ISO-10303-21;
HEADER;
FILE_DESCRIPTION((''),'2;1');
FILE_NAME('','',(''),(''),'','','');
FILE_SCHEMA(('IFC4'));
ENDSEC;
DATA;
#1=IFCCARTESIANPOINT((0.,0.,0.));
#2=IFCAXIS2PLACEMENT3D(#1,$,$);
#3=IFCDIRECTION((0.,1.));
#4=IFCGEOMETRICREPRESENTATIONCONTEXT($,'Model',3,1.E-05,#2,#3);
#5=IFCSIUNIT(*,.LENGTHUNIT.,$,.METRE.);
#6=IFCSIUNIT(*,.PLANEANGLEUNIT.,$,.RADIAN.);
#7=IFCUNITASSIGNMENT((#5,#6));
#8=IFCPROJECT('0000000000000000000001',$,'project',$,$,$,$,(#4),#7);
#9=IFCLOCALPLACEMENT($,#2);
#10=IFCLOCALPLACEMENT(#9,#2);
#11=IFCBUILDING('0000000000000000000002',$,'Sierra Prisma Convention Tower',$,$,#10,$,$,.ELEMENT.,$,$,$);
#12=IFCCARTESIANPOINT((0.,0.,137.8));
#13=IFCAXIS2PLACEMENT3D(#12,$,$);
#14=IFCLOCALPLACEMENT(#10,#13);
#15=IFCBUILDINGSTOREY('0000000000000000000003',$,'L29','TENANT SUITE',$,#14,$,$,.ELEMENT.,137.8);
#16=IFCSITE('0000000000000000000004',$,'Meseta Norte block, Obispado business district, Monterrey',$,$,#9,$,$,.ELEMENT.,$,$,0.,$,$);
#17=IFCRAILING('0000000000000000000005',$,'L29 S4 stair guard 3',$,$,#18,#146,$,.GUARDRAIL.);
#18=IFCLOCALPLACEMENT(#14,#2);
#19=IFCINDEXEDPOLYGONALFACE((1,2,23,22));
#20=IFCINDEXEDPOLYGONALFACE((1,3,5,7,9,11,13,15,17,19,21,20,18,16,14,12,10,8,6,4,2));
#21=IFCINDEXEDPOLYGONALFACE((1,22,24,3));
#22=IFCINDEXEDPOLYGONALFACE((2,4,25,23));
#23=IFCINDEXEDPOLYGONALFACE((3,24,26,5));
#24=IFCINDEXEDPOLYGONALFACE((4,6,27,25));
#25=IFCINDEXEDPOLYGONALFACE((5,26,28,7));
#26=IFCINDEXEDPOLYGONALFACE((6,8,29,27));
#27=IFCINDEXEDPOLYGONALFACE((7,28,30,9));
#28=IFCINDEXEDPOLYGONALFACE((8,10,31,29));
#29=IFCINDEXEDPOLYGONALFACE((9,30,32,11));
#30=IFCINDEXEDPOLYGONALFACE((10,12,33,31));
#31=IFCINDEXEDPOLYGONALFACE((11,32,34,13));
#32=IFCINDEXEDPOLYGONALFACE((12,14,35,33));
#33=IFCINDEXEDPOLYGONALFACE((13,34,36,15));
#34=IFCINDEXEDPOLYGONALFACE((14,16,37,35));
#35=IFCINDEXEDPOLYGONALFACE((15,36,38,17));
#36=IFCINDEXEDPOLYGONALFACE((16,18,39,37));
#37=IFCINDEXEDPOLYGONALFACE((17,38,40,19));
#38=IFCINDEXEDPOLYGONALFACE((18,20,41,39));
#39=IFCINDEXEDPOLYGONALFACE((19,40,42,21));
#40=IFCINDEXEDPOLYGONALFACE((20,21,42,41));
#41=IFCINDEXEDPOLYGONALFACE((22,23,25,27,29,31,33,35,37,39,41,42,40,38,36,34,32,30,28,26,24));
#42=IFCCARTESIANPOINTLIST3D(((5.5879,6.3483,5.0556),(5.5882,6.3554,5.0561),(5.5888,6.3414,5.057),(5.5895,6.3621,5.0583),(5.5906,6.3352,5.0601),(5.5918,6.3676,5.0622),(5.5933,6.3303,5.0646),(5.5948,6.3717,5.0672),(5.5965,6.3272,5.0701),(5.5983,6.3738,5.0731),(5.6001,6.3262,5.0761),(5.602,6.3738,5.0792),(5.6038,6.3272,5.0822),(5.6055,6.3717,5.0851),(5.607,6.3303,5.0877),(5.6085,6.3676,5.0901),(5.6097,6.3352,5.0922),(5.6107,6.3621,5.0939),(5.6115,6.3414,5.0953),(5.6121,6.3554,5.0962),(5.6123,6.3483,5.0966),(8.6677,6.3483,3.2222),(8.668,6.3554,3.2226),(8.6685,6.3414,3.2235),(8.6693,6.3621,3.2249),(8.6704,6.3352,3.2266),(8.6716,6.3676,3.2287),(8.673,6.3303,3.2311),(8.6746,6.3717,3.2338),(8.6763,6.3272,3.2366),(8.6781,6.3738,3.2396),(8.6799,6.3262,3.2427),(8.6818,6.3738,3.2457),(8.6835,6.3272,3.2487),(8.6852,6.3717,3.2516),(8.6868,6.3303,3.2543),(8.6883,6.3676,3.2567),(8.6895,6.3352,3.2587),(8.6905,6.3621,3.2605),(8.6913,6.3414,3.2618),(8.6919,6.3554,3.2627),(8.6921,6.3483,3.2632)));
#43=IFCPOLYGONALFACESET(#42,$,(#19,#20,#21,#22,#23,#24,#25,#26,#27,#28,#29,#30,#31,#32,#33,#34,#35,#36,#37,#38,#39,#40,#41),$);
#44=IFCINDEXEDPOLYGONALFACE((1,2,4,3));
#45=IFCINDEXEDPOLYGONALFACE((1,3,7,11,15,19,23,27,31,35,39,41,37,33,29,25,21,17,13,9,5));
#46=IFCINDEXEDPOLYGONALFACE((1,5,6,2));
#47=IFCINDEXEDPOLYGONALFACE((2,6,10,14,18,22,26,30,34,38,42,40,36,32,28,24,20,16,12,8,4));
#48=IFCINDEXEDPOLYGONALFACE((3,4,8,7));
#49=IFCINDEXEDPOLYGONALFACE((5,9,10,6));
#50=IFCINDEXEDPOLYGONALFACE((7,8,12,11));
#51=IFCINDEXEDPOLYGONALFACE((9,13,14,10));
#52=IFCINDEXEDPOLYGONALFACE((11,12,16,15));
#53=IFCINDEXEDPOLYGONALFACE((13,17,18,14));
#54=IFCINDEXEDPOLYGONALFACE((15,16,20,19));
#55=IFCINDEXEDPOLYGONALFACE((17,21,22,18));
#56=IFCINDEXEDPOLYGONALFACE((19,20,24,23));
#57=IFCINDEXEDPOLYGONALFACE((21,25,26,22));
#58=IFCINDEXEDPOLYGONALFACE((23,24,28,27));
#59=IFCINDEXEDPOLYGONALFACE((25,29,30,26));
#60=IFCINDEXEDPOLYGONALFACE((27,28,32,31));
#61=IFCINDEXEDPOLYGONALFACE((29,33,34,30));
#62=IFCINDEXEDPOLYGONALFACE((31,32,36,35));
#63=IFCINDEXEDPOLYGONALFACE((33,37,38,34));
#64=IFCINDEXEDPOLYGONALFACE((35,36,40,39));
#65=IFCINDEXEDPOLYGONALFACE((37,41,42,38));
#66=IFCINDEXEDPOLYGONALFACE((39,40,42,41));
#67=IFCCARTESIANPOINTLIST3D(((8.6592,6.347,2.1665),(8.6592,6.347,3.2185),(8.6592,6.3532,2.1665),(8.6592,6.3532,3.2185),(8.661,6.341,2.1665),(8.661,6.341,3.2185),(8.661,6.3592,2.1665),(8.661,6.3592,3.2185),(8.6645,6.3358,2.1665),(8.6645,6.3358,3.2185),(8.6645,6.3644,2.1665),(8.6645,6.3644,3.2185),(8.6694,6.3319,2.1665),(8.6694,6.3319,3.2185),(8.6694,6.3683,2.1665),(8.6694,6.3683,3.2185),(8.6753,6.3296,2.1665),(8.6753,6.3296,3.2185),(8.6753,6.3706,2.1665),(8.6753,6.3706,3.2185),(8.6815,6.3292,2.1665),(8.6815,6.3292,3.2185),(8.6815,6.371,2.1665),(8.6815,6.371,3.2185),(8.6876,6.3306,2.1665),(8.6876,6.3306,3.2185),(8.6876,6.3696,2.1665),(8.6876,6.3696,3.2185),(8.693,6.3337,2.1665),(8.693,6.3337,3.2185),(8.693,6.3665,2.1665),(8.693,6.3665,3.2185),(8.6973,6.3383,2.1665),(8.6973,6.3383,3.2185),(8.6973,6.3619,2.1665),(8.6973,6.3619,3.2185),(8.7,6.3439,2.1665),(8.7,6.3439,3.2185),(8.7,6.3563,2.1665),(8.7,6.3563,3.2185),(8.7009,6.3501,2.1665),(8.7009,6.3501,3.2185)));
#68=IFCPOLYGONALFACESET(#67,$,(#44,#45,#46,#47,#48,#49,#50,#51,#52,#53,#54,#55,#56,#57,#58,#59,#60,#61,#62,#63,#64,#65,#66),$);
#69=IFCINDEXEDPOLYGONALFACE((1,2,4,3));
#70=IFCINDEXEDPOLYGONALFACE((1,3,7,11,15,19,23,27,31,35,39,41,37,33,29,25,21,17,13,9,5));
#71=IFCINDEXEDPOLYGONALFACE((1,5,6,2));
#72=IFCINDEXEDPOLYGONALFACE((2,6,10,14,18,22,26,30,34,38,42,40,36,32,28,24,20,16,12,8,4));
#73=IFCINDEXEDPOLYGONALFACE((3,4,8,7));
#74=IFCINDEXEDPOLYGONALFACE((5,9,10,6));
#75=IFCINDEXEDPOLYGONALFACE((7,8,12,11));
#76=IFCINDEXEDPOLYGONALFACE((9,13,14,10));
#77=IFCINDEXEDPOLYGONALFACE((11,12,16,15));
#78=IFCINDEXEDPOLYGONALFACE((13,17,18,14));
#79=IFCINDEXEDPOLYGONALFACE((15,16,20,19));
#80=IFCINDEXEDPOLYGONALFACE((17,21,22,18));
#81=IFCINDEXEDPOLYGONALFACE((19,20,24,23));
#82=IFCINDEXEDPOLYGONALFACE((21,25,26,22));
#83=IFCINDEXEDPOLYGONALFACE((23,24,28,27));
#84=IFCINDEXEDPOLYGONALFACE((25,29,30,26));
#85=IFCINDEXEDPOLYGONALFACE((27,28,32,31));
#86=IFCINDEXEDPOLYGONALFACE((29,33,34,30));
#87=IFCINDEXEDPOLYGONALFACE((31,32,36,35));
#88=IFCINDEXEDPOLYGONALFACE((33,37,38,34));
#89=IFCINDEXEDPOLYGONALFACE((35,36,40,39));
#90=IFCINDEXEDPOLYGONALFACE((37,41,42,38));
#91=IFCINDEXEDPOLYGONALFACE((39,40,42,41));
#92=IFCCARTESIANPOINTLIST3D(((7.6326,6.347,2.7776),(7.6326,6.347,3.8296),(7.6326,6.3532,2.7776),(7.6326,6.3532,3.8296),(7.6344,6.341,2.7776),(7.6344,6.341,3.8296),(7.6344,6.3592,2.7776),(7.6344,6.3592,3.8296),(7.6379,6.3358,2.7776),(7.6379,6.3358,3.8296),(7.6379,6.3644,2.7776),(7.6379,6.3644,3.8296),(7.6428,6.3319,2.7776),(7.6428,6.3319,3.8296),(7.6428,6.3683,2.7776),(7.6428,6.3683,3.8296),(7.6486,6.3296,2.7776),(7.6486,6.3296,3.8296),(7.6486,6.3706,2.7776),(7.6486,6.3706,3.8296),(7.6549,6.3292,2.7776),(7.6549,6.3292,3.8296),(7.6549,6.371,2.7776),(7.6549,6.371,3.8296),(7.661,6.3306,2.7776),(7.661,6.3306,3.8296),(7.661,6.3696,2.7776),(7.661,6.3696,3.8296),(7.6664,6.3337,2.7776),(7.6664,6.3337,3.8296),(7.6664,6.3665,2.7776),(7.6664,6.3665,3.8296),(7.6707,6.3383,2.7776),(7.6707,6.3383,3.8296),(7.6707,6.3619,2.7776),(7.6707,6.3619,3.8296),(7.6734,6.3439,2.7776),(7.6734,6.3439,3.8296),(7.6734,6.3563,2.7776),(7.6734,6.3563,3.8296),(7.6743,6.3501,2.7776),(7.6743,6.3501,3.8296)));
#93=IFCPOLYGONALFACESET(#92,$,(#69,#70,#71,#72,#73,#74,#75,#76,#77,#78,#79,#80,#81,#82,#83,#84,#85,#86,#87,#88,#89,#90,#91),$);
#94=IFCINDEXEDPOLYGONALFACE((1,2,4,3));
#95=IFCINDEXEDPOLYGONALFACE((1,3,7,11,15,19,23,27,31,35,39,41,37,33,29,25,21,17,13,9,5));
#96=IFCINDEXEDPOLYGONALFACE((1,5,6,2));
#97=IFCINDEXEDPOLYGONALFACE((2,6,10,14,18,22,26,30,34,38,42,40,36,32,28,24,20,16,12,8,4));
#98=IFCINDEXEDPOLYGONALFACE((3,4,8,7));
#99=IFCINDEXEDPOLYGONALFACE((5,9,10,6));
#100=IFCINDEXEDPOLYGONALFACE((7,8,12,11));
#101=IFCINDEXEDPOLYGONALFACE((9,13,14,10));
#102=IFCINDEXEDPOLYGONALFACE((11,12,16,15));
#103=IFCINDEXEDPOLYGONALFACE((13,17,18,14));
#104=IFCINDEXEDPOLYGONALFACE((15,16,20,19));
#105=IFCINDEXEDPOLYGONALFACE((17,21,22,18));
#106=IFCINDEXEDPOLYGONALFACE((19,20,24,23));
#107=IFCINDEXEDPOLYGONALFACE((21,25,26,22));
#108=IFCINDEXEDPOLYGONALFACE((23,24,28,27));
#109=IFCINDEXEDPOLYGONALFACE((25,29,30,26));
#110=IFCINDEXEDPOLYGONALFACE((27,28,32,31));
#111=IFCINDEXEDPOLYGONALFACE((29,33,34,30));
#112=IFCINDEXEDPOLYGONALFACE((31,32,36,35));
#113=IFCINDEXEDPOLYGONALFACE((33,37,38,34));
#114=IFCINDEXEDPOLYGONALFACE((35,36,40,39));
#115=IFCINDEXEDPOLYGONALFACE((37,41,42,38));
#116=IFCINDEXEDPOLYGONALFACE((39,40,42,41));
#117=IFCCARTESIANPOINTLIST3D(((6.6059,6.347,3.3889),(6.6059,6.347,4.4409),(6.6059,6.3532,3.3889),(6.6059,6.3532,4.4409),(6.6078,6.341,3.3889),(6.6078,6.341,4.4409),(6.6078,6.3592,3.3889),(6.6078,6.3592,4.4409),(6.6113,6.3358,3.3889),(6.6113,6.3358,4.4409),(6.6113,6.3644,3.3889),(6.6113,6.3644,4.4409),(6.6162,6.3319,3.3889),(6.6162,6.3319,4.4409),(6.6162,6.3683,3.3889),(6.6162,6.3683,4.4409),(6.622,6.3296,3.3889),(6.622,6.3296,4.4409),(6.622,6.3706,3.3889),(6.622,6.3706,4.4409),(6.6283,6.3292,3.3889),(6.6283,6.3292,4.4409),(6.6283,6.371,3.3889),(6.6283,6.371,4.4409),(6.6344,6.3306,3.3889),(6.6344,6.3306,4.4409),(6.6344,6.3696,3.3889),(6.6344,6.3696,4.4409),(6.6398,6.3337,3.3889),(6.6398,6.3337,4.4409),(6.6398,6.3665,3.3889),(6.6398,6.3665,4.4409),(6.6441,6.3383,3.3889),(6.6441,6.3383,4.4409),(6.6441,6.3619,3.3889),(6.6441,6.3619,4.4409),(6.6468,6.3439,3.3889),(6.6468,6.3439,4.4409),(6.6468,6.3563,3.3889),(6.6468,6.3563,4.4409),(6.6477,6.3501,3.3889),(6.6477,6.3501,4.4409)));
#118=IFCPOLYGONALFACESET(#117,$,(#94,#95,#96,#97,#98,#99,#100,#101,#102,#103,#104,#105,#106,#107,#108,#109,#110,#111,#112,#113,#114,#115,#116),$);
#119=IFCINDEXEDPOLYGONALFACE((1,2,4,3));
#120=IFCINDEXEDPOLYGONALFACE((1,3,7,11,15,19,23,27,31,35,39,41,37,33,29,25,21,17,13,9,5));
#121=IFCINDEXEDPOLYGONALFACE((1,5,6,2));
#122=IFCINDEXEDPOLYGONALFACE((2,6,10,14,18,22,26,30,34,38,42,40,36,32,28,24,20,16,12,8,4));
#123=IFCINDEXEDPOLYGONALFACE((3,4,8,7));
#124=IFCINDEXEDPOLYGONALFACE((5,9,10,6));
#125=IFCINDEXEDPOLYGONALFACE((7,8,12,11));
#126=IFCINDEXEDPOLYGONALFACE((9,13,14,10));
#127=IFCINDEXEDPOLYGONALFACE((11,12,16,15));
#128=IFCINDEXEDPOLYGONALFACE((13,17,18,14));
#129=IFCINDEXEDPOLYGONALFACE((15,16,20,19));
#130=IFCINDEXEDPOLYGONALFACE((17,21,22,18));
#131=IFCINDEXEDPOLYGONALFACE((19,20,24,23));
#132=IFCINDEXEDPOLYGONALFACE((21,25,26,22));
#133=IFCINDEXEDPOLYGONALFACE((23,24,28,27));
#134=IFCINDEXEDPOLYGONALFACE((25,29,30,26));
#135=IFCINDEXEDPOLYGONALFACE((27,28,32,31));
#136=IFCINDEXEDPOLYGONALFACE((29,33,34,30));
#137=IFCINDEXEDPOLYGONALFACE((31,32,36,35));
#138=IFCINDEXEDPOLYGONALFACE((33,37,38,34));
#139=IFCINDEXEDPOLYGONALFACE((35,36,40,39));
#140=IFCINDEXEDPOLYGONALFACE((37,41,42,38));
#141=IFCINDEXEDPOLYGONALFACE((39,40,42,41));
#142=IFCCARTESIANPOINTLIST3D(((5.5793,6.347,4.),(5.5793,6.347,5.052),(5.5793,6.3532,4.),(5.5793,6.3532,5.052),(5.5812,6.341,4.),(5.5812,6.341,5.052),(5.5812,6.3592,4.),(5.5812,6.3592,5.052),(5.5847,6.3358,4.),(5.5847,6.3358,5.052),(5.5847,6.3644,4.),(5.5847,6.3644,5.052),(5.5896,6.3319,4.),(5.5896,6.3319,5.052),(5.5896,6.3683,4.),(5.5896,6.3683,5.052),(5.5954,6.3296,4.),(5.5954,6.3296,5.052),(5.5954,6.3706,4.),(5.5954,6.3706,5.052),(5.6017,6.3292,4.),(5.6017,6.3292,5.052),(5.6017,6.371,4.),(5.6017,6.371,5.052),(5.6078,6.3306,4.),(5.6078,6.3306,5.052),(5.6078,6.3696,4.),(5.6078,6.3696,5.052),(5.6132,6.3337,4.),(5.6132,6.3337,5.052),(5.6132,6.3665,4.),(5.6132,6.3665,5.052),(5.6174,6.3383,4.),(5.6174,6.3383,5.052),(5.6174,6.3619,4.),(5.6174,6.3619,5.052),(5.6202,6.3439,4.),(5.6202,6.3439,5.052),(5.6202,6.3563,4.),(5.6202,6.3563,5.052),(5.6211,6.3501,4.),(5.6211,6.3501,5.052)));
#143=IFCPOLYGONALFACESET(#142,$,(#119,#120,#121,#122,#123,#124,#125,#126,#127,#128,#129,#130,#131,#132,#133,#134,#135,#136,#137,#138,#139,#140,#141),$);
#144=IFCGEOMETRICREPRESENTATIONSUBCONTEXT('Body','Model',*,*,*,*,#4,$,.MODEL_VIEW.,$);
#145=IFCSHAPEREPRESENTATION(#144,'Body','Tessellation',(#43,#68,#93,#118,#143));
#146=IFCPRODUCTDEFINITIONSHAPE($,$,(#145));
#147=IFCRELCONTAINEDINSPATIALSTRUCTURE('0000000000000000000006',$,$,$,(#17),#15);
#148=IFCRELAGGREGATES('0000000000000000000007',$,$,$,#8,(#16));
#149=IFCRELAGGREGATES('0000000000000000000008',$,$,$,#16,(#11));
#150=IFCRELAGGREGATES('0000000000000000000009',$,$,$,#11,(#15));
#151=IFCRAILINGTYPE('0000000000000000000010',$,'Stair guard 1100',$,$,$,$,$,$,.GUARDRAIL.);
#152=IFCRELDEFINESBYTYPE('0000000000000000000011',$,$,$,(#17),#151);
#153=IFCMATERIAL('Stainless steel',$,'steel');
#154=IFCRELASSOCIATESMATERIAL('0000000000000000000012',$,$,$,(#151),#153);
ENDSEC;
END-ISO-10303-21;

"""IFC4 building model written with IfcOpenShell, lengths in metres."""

from ifc_helpers import new_model, si_unit, direction, frame, origin, origin_2d, place, context, subcontext, project, spatial, circle, extrude, material, type_object, element, save


model = new_model("IFC4")

# Units and contexts
model_context = context("Model", 3, precision=1e-05, world=origin(), true_north=direction((0.0, 1.0)))
body_context = subcontext(model_context, "Body", "Model", "MODEL_VIEW")
ifc_project = project(units=[si_unit("LENGTHUNIT", "METRE"), si_unit("PLANEANGLEUNIT", "RADIAN")], contexts=[model_context])

# Site, building, storey
site_placement = place(None, origin())
site = spatial("IfcSite", under=ifc_project, at=site_placement, Name="Meseta Norte block, Obispado business district, Monterrey", CompositionType="ELEMENT", RefElevation=0.0)
building_placement = place(site_placement, origin())
building = spatial("IfcBuilding", under=site, at=building_placement, Name="Sierra Prisma Convention Tower", CompositionType="ELEMENT")
storey_placement = place(building_placement, frame((0.0, 0.0, 137.8)))
storey = spatial("IfcBuildingStorey", under=building, at=storey_placement, Name="L29", Description="TENANT SUITE", CompositionType="ELEMENT", Elevation=137.8)

# Railing
ifc_material_1 = material(Name="Stainless steel", Category="steel")
railing_type_1 = type_object("IfcRailingType", Name="Stair guard 1100", PredefinedType="GUARDRAIL", material=ifc_material_1)
railing_1_placement = place(storey_placement, frame((8.6799, 6.3501, 2.1665)))
element("IfcRailing", 1, at=railing_1_placement, inside=storey, type_object=railing_type_1, Name="L29 S4 stair guard 3", PredefinedType="GUARDRAIL", context=body_context, shape_type="SweptSolid", body=[
    extrude(circle(Radius=0.0239, at=origin_2d()), frame((0.0, 0.0, 1.0762), z_axis=(-0.859261, 0.0, 0.511538), x_axis=(0.0, -1.0, 0.0)), (0.0, 0.0, 1.0), 3.5842),
    extrude(circle(Radius=0.021, at=origin_2d()), origin(), (0.0, 0.0, 1.0), 1.052),
    extrude(circle(Radius=0.021, at=origin_2d()), frame((-1.0266, 0.0, 0.6111)), (0.0, 0.0, 1.0), 1.052),
    extrude(circle(Radius=0.021, at=origin_2d()), frame((-2.0532, 0.0, 1.2224)), (0.0, 0.0, 1.0), 1.052),
    extrude(circle(Radius=0.021, at=origin_2d()), frame((-3.0798, 0.0, 1.8335)), (0.0, 0.0, 1.0), 1.052),
])

save(model, "model.ifc")
